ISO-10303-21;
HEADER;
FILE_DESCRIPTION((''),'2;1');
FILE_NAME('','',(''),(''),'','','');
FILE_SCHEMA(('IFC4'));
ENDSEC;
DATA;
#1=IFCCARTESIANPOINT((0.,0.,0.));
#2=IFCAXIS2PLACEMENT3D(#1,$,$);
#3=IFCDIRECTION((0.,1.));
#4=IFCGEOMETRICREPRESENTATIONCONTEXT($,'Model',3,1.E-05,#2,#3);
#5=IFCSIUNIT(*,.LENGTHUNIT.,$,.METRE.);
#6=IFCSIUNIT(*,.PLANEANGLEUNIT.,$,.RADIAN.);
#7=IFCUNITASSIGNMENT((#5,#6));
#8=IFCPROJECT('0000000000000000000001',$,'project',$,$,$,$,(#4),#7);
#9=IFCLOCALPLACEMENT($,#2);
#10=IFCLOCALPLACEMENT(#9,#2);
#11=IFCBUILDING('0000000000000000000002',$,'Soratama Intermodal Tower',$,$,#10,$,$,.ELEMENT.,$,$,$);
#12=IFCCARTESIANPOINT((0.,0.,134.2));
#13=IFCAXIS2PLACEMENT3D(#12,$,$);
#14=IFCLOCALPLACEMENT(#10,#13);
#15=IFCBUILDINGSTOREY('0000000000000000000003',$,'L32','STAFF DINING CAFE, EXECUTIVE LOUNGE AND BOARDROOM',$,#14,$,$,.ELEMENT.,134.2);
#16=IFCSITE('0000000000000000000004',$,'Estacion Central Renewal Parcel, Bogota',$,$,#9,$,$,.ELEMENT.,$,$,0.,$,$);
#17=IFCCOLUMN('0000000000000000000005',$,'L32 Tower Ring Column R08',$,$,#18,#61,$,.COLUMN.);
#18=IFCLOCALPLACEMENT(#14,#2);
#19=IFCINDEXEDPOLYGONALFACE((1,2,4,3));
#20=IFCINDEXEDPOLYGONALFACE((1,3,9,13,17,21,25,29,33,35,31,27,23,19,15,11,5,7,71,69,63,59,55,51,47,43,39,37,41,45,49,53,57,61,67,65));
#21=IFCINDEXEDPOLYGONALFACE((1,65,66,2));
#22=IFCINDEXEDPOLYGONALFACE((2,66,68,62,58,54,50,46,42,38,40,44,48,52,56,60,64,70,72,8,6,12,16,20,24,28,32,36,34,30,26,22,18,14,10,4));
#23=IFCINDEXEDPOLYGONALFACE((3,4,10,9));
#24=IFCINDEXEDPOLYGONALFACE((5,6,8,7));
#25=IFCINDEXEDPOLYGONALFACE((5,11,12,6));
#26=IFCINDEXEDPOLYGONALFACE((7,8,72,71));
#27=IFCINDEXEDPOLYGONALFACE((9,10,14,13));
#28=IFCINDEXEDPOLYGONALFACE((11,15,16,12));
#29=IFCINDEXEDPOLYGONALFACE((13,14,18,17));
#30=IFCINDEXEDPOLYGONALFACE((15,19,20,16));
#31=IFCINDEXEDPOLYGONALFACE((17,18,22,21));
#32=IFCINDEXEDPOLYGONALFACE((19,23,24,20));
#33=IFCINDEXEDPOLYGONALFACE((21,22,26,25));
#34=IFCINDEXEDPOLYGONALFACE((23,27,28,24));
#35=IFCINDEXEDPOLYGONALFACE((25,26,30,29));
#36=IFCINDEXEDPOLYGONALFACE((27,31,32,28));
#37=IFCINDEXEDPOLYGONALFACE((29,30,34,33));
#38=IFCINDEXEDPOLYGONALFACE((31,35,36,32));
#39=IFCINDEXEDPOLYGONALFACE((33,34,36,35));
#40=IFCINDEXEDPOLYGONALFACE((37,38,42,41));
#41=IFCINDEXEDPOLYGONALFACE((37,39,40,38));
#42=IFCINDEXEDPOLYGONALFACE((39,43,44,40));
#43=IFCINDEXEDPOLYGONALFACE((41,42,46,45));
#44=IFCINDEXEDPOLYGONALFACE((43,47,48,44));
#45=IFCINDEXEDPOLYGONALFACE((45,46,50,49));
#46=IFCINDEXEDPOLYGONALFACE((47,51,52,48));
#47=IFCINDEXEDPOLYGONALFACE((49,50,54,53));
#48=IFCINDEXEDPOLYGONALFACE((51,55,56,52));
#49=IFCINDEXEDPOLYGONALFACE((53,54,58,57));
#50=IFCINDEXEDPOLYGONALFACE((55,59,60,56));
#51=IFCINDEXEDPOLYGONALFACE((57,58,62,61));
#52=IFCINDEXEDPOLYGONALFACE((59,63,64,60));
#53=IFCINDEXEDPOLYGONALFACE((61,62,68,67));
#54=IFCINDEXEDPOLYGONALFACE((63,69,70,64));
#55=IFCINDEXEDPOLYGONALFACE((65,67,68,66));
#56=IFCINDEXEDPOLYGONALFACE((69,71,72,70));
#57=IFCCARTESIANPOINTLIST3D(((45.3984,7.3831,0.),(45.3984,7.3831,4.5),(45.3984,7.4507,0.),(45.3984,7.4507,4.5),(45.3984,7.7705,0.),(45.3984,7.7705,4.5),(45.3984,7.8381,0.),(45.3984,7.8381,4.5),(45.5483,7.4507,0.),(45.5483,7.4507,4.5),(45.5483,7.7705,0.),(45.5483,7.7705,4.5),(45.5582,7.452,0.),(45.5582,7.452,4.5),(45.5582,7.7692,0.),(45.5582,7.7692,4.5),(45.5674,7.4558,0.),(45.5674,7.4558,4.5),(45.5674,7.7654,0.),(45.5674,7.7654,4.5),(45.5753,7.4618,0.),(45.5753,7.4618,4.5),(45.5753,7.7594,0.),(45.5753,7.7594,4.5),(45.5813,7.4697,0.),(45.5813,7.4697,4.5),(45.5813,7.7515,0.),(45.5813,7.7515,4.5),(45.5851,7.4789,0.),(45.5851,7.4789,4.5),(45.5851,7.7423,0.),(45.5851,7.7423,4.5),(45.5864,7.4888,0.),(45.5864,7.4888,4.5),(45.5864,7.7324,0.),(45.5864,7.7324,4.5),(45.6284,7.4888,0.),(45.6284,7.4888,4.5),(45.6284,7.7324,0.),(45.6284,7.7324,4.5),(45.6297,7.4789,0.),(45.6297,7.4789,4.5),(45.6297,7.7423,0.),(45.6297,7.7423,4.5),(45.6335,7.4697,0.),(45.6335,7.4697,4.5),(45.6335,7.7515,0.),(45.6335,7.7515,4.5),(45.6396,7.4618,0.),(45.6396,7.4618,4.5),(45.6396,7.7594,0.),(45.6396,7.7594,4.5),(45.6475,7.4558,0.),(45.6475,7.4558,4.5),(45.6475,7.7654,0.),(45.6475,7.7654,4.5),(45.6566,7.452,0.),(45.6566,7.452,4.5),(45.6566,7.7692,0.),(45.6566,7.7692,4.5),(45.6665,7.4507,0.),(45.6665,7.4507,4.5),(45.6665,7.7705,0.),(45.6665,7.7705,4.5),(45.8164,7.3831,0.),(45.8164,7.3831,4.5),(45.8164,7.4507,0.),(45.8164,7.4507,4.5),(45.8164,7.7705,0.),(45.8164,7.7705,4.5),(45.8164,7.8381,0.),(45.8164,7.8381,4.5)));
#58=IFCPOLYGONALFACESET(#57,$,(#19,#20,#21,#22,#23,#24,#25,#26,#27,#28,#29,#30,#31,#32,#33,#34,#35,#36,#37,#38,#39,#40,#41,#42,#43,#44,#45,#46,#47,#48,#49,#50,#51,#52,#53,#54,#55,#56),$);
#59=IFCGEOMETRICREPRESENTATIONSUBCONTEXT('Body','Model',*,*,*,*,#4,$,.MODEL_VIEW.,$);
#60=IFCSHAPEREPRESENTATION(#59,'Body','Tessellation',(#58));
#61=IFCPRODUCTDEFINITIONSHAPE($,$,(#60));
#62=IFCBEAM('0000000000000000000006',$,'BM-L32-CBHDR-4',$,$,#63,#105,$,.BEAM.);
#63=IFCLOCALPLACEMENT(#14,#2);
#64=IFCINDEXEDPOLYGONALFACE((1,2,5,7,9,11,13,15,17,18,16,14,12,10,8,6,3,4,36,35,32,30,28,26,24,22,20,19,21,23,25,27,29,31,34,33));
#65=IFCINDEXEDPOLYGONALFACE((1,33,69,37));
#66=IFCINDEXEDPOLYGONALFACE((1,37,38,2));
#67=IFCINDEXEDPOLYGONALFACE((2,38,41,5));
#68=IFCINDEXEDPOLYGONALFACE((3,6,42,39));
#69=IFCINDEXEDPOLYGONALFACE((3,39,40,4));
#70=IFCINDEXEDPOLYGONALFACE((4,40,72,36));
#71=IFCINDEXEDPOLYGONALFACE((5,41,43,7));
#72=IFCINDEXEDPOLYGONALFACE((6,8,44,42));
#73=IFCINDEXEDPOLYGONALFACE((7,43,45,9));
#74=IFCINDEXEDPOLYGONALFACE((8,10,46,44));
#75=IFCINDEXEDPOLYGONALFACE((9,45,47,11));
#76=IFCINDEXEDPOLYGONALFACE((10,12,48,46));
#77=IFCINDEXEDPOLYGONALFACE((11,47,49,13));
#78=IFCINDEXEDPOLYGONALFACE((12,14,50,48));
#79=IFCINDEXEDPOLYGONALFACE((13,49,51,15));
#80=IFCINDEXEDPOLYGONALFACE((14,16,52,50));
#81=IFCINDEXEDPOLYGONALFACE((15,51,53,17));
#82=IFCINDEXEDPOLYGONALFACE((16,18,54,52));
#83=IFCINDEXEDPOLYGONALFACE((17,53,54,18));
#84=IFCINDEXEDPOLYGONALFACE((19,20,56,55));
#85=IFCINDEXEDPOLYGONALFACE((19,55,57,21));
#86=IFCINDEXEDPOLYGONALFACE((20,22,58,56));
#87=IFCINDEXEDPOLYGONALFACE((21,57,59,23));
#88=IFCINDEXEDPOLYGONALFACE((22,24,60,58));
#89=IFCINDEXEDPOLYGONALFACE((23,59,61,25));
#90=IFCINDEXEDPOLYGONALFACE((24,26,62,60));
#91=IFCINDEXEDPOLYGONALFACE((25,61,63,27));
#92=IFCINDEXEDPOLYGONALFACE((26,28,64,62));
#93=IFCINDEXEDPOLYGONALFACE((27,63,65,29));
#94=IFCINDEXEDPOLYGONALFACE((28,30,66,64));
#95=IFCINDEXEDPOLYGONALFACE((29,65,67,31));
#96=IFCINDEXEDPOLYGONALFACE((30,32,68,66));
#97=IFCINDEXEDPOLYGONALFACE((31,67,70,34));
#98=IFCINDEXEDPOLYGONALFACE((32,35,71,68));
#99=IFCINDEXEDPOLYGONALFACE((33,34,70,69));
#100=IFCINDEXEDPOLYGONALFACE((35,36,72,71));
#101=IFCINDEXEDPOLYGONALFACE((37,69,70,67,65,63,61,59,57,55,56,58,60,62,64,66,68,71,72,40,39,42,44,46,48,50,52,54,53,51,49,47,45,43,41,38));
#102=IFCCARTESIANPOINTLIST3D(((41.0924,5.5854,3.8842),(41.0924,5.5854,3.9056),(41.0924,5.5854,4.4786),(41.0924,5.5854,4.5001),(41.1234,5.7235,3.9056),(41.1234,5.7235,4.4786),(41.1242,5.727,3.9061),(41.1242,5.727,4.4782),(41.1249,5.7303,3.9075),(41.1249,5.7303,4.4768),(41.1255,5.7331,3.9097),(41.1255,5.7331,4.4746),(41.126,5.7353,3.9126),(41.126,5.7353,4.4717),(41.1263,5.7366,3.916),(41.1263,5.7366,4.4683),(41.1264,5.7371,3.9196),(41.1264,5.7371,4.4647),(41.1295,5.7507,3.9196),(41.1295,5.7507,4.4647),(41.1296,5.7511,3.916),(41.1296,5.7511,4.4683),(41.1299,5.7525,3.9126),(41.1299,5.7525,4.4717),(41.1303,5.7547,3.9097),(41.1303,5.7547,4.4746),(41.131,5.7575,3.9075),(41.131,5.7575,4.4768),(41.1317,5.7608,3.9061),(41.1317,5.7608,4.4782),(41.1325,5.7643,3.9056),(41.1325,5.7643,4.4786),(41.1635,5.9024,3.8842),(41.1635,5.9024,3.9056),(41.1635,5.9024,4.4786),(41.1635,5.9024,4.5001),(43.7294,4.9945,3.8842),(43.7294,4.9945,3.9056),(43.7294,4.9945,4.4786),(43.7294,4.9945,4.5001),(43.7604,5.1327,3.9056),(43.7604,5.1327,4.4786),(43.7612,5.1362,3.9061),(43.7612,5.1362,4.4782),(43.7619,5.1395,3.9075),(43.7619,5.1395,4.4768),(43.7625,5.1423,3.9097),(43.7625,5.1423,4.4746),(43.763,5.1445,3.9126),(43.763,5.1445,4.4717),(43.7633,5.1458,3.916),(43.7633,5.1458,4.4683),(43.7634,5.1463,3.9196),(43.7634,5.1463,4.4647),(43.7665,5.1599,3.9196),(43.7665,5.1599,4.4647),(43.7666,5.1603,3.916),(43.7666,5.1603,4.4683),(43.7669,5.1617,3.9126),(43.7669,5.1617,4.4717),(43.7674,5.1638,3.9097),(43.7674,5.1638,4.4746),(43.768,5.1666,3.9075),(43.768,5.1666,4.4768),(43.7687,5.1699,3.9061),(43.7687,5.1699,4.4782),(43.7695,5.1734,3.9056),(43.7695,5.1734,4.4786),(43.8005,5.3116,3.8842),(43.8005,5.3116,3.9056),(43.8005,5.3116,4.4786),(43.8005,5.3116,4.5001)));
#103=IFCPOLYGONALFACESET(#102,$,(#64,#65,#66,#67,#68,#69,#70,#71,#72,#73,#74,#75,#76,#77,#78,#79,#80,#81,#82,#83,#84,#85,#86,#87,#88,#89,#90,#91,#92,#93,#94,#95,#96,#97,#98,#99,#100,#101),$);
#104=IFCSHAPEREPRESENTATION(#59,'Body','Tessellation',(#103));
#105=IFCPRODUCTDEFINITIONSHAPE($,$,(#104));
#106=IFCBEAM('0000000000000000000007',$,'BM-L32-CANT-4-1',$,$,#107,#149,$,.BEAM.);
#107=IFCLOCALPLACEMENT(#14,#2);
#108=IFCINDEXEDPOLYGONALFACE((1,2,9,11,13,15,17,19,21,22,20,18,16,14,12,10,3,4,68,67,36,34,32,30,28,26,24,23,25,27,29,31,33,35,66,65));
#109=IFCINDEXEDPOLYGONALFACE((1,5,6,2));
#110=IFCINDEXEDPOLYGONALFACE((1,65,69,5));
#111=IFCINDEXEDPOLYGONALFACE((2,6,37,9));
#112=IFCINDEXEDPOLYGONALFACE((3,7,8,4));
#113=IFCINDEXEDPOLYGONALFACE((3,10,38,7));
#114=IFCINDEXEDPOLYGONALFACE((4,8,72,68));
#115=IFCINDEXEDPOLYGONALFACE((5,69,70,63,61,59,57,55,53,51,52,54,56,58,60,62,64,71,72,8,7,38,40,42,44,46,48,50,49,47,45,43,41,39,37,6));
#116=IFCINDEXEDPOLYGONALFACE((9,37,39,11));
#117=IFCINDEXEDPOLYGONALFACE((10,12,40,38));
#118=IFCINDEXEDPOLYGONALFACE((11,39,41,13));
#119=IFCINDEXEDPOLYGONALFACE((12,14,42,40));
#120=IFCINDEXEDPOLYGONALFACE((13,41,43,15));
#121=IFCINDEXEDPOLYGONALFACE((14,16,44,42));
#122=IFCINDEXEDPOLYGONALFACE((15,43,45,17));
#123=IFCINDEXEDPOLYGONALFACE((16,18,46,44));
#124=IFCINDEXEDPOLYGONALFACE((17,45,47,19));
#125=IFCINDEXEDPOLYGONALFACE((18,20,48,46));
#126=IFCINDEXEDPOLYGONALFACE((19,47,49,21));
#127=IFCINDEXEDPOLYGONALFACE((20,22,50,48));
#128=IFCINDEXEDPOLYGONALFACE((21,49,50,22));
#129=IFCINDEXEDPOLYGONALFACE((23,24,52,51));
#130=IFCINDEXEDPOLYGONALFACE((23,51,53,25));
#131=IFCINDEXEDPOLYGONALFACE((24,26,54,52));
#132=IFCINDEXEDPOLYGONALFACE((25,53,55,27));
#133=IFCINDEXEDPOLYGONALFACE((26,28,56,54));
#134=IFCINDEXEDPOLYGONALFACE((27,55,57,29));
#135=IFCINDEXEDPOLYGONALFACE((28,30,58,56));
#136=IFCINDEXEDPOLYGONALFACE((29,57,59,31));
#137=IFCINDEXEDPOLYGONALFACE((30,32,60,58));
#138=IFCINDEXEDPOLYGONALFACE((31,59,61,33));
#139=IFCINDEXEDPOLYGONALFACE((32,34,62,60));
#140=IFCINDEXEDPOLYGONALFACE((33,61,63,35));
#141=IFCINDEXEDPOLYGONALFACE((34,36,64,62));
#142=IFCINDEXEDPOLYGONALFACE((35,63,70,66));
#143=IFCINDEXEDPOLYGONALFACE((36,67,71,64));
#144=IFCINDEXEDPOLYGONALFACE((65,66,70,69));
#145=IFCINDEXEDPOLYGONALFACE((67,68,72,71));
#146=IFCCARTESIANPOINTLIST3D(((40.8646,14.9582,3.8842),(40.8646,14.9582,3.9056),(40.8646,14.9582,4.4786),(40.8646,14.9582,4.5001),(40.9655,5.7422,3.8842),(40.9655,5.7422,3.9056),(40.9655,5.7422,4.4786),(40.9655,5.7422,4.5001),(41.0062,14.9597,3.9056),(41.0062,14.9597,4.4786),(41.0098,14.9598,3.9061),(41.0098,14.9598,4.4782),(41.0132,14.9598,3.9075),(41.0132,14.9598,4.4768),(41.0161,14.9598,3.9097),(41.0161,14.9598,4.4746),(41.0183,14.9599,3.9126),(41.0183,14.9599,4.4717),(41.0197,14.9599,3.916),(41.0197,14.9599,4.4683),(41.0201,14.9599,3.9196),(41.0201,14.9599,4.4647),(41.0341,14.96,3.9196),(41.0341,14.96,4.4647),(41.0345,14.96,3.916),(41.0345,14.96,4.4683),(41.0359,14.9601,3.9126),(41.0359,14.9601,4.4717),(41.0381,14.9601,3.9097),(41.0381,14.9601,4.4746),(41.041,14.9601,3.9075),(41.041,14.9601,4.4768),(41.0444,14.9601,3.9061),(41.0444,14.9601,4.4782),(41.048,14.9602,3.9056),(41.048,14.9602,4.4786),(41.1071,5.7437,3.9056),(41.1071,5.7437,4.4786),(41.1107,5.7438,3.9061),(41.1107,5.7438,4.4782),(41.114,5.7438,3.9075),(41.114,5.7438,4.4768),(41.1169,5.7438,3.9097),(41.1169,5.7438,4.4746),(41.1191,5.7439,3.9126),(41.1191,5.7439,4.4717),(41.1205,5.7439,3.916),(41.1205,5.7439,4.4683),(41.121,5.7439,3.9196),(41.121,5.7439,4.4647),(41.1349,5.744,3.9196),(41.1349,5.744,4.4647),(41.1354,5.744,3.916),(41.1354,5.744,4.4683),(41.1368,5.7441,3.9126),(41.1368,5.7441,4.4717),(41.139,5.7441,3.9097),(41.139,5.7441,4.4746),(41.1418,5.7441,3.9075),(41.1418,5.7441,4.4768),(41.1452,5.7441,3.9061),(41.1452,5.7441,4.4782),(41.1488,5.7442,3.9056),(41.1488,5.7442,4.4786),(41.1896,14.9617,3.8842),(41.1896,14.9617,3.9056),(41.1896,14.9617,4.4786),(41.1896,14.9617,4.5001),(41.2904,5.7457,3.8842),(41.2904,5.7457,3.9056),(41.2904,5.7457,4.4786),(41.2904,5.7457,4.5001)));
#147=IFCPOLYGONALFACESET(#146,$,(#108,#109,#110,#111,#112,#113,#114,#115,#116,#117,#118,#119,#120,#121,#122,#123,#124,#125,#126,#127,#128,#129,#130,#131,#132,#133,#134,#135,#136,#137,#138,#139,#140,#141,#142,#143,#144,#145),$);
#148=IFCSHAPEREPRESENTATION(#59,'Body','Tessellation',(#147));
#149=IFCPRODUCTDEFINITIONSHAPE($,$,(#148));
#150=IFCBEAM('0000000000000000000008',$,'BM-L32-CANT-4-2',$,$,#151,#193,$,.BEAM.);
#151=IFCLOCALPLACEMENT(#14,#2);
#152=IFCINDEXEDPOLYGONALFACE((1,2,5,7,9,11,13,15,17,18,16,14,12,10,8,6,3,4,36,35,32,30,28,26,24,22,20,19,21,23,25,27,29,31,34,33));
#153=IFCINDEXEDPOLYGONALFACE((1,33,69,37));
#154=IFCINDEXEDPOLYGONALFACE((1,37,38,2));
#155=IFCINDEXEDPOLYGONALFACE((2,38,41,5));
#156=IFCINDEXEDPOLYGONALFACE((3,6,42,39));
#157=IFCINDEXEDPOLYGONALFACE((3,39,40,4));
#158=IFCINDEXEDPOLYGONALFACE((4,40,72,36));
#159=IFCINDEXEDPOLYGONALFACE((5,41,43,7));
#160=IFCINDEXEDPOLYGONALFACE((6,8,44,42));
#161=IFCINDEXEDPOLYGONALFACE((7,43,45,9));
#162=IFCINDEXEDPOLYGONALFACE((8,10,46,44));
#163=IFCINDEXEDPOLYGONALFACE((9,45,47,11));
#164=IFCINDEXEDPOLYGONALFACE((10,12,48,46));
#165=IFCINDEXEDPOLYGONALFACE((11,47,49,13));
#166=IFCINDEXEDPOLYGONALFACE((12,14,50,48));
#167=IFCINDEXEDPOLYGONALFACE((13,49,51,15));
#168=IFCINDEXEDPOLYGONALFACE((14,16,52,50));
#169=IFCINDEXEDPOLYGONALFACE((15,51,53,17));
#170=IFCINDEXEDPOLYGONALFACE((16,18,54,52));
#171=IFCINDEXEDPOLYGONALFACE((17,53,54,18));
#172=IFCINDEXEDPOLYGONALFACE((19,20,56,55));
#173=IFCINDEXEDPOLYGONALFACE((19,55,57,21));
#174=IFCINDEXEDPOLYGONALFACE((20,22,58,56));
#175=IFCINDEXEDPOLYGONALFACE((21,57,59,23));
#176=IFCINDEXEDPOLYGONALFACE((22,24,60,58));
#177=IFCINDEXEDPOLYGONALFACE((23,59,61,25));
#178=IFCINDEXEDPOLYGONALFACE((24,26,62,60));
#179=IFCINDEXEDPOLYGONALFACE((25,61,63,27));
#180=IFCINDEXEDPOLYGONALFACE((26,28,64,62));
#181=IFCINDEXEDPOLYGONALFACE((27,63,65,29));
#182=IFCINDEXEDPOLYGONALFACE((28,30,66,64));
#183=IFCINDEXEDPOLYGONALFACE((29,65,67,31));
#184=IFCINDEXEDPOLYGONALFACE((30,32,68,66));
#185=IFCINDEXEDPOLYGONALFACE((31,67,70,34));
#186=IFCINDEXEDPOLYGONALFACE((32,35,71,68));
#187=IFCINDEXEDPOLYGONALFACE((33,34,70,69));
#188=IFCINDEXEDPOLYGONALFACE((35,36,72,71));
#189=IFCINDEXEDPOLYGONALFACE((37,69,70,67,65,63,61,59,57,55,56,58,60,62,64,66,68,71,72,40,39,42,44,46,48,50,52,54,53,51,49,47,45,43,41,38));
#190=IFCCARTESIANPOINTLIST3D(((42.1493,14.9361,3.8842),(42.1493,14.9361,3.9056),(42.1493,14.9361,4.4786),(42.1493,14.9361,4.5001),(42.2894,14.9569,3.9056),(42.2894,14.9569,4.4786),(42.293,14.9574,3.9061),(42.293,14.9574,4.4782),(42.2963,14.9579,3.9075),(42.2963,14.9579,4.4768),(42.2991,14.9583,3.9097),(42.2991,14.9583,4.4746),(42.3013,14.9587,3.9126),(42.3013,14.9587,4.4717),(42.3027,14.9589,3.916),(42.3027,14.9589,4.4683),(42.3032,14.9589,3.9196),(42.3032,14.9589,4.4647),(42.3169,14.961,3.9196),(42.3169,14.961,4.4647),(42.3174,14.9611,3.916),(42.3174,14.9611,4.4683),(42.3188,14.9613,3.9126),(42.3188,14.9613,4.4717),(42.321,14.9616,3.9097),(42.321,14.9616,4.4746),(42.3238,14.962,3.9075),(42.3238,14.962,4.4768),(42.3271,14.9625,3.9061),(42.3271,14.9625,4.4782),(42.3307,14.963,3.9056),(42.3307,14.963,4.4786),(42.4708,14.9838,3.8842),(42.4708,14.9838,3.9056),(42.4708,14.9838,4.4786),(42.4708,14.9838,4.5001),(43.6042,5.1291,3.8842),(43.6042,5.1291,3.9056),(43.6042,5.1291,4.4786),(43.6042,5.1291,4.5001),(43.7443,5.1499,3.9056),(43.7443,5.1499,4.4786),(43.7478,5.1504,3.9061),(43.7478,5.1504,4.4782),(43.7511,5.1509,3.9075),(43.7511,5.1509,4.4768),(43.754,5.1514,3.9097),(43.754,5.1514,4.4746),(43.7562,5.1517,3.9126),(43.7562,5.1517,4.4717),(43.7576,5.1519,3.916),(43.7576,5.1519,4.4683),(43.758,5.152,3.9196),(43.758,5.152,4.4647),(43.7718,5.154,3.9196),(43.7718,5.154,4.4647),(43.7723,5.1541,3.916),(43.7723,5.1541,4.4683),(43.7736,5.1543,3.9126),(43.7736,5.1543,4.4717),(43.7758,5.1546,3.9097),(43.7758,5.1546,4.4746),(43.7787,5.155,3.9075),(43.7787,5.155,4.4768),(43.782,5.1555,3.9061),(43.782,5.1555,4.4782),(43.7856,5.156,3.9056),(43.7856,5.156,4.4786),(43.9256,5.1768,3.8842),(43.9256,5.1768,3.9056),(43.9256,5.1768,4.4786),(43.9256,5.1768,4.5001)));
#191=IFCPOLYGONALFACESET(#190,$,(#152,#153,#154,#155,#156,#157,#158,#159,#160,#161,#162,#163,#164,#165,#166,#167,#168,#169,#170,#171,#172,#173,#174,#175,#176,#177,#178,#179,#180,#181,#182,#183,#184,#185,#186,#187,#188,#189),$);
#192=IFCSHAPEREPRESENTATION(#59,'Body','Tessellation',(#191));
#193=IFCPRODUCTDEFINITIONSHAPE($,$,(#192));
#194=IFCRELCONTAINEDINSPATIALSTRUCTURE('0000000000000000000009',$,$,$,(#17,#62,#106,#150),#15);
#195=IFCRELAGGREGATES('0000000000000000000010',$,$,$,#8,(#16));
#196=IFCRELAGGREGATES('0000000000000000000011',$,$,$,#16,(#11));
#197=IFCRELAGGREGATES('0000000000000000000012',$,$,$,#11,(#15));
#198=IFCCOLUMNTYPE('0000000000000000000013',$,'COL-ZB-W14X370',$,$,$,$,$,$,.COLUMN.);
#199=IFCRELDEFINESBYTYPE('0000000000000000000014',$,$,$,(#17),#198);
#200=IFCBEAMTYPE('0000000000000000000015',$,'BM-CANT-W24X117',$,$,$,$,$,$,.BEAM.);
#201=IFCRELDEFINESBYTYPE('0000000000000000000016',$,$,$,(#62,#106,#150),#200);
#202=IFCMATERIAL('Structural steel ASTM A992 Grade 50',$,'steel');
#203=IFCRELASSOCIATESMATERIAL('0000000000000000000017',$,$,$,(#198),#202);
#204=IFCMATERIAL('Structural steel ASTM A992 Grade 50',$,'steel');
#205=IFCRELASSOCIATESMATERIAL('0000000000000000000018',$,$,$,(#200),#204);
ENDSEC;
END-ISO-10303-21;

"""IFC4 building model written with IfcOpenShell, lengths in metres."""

from ifc_helpers import new_model, si_unit, direction, frame, origin, origin_2d, place, context, subcontext, project, spatial, i_section, extrude, material, material_profile, profile_set, type_object, element, save


model = new_model("IFC4")

# Units and contexts
model_context = context("Model", 3, precision=1e-05, world=origin(), true_north=direction((0.0, 1.0)))
body_context = subcontext(model_context, "Body", "Model", "MODEL_VIEW")
ifc_project = project(units=[si_unit("LENGTHUNIT", "METRE"), si_unit("PLANEANGLEUNIT", "RADIAN")], contexts=[model_context])

# Site, building, storey
site_placement = place(None, origin())
site = spatial("IfcSite", under=ifc_project, at=site_placement, Name="Estacion Central Renewal Parcel, Bogota", CompositionType="ELEMENT", RefElevation=0.0)
building_placement = place(site_placement, origin())
building = spatial("IfcBuilding", under=site, at=building_placement, Name="Soratama Intermodal Tower", CompositionType="ELEMENT")
storey_placement = place(building_placement, frame((0.0, 0.0, 134.2)))
storey = spatial("IfcBuildingStorey", under=building, at=storey_placement, Name="L32", Description="STAFF DINING CAFE, EXECUTIVE LOUNGE AND BOARDROOM", CompositionType="ELEMENT", Elevation=134.2)

# Column
ifc_material_1 = material(Name="Structural steel ASTM A992 Grade 50", Category="steel")
ifc_material_profile_1 = material_profile(ifc_material_1, i_section(OverallWidth=0.418, OverallDepth=0.4551, WebThickness=0.042, FlangeThickness=0.0676, FilletRadius=0.0381, at=origin_2d()), Name="W14X370")
ifc_profile_set_1 = profile_set([ifc_material_profile_1], Name="Structural steel ASTM A992 Grade 50")
column_type = type_object("IfcColumnType", Name="COL-ZB-W14X370", PredefinedType="COLUMN", material=ifc_profile_set_1)
column_placement = place(storey_placement, frame((45.6074, 7.6106, 0.0), z_axis=(0.0, 0.0, 1.0), x_axis=(1.0, 0.0, 0.0)))
element("IfcColumn", 1, at=column_placement, inside=storey, type_object=column_type, Name="L32 Tower Ring Column R08", PredefinedType="COLUMN", context=body_context, shape_type="SweptSolid", body=[
    extrude(i_section(OverallWidth=0.418, OverallDepth=0.4551, WebThickness=0.042, FlangeThickness=0.0676, FilletRadius=0.0381, at=origin_2d()), origin(), (0.0, 0.0, 1.0), 4.5),
])

# Beams
ifc_material_2 = material(Name="Structural steel ASTM A992 Grade 50", Category="steel")
ifc_material_profile_2 = material_profile(ifc_material_2, i_section(OverallWidth=0.325, OverallDepth=0.616, WebThickness=0.0139, FlangeThickness=0.0215, FilletRadius=0.0139, at=origin_2d()), Name="W24X117")
ifc_profile_set_2 = profile_set([ifc_material_profile_2], Name="Structural steel ASTM A992 Grade 50")
beam_type_1 = type_object("IfcBeamType", Name="BM-CANT-W24X117", PredefinedType="BEAM", material=ifc_profile_set_2)
beam_1_placement = place(storey_placement, frame((41.1279, 5.7439, 4.1921), z_axis=(0.975807, -0.218633, 0.0), x_axis=(0.218633, 0.975807, 0.0)))
element("IfcBeam", 2, at=beam_1_placement, inside=storey, type_object=beam_type_1, Name="BM-L32-CBHDR-4", PredefinedType="BEAM", context=body_context, shape_type="SweptSolid", body=[
    extrude(i_section(OverallWidth=0.325, OverallDepth=0.616, WebThickness=0.0139, FlangeThickness=0.0215, FilletRadius=0.0139, at=origin_2d()), origin(), (0.0, 0.0, 1.0), 2.7024),
])
beam_2_placement = place(storey_placement, frame((41.0271, 14.96, 4.1921), z_axis=(0.01094, -0.99994, 0.0), x_axis=(0.99994, 0.01094, 0.0)))
element("IfcBeam", 3, at=beam_2_placement, inside=storey, type_object=beam_type_1, Name="BM-L32-CANT-4-1", PredefinedType="BEAM", context=body_context, shape_type="SweptSolid", body=[
    extrude(i_section(OverallWidth=0.325, OverallDepth=0.616, WebThickness=0.0139, FlangeThickness=0.0215, FilletRadius=0.0139, at=origin_2d()), origin(), (0.0, 0.0, 1.0), 9.2166),
])
beam_3_placement = place(storey_placement, frame((42.3101, 14.96, 4.1921), z_axis=(0.146742, -0.989175, 0.0), x_axis=(0.989175, 0.146742, 0.0)))
element("IfcBeam", 4, at=beam_3_placement, inside=storey, type_object=beam_type_1, Name="BM-L32-CANT-4-2", PredefinedType="BEAM", context=body_context, shape_type="SweptSolid", body=[
    extrude(i_section(OverallWidth=0.325, OverallDepth=0.616, WebThickness=0.0139, FlangeThickness=0.0215, FilletRadius=0.0139, at=origin_2d()), origin(), (0.0, 0.0, 1.0), 9.9143),
])

save(model, "model.ifc")
